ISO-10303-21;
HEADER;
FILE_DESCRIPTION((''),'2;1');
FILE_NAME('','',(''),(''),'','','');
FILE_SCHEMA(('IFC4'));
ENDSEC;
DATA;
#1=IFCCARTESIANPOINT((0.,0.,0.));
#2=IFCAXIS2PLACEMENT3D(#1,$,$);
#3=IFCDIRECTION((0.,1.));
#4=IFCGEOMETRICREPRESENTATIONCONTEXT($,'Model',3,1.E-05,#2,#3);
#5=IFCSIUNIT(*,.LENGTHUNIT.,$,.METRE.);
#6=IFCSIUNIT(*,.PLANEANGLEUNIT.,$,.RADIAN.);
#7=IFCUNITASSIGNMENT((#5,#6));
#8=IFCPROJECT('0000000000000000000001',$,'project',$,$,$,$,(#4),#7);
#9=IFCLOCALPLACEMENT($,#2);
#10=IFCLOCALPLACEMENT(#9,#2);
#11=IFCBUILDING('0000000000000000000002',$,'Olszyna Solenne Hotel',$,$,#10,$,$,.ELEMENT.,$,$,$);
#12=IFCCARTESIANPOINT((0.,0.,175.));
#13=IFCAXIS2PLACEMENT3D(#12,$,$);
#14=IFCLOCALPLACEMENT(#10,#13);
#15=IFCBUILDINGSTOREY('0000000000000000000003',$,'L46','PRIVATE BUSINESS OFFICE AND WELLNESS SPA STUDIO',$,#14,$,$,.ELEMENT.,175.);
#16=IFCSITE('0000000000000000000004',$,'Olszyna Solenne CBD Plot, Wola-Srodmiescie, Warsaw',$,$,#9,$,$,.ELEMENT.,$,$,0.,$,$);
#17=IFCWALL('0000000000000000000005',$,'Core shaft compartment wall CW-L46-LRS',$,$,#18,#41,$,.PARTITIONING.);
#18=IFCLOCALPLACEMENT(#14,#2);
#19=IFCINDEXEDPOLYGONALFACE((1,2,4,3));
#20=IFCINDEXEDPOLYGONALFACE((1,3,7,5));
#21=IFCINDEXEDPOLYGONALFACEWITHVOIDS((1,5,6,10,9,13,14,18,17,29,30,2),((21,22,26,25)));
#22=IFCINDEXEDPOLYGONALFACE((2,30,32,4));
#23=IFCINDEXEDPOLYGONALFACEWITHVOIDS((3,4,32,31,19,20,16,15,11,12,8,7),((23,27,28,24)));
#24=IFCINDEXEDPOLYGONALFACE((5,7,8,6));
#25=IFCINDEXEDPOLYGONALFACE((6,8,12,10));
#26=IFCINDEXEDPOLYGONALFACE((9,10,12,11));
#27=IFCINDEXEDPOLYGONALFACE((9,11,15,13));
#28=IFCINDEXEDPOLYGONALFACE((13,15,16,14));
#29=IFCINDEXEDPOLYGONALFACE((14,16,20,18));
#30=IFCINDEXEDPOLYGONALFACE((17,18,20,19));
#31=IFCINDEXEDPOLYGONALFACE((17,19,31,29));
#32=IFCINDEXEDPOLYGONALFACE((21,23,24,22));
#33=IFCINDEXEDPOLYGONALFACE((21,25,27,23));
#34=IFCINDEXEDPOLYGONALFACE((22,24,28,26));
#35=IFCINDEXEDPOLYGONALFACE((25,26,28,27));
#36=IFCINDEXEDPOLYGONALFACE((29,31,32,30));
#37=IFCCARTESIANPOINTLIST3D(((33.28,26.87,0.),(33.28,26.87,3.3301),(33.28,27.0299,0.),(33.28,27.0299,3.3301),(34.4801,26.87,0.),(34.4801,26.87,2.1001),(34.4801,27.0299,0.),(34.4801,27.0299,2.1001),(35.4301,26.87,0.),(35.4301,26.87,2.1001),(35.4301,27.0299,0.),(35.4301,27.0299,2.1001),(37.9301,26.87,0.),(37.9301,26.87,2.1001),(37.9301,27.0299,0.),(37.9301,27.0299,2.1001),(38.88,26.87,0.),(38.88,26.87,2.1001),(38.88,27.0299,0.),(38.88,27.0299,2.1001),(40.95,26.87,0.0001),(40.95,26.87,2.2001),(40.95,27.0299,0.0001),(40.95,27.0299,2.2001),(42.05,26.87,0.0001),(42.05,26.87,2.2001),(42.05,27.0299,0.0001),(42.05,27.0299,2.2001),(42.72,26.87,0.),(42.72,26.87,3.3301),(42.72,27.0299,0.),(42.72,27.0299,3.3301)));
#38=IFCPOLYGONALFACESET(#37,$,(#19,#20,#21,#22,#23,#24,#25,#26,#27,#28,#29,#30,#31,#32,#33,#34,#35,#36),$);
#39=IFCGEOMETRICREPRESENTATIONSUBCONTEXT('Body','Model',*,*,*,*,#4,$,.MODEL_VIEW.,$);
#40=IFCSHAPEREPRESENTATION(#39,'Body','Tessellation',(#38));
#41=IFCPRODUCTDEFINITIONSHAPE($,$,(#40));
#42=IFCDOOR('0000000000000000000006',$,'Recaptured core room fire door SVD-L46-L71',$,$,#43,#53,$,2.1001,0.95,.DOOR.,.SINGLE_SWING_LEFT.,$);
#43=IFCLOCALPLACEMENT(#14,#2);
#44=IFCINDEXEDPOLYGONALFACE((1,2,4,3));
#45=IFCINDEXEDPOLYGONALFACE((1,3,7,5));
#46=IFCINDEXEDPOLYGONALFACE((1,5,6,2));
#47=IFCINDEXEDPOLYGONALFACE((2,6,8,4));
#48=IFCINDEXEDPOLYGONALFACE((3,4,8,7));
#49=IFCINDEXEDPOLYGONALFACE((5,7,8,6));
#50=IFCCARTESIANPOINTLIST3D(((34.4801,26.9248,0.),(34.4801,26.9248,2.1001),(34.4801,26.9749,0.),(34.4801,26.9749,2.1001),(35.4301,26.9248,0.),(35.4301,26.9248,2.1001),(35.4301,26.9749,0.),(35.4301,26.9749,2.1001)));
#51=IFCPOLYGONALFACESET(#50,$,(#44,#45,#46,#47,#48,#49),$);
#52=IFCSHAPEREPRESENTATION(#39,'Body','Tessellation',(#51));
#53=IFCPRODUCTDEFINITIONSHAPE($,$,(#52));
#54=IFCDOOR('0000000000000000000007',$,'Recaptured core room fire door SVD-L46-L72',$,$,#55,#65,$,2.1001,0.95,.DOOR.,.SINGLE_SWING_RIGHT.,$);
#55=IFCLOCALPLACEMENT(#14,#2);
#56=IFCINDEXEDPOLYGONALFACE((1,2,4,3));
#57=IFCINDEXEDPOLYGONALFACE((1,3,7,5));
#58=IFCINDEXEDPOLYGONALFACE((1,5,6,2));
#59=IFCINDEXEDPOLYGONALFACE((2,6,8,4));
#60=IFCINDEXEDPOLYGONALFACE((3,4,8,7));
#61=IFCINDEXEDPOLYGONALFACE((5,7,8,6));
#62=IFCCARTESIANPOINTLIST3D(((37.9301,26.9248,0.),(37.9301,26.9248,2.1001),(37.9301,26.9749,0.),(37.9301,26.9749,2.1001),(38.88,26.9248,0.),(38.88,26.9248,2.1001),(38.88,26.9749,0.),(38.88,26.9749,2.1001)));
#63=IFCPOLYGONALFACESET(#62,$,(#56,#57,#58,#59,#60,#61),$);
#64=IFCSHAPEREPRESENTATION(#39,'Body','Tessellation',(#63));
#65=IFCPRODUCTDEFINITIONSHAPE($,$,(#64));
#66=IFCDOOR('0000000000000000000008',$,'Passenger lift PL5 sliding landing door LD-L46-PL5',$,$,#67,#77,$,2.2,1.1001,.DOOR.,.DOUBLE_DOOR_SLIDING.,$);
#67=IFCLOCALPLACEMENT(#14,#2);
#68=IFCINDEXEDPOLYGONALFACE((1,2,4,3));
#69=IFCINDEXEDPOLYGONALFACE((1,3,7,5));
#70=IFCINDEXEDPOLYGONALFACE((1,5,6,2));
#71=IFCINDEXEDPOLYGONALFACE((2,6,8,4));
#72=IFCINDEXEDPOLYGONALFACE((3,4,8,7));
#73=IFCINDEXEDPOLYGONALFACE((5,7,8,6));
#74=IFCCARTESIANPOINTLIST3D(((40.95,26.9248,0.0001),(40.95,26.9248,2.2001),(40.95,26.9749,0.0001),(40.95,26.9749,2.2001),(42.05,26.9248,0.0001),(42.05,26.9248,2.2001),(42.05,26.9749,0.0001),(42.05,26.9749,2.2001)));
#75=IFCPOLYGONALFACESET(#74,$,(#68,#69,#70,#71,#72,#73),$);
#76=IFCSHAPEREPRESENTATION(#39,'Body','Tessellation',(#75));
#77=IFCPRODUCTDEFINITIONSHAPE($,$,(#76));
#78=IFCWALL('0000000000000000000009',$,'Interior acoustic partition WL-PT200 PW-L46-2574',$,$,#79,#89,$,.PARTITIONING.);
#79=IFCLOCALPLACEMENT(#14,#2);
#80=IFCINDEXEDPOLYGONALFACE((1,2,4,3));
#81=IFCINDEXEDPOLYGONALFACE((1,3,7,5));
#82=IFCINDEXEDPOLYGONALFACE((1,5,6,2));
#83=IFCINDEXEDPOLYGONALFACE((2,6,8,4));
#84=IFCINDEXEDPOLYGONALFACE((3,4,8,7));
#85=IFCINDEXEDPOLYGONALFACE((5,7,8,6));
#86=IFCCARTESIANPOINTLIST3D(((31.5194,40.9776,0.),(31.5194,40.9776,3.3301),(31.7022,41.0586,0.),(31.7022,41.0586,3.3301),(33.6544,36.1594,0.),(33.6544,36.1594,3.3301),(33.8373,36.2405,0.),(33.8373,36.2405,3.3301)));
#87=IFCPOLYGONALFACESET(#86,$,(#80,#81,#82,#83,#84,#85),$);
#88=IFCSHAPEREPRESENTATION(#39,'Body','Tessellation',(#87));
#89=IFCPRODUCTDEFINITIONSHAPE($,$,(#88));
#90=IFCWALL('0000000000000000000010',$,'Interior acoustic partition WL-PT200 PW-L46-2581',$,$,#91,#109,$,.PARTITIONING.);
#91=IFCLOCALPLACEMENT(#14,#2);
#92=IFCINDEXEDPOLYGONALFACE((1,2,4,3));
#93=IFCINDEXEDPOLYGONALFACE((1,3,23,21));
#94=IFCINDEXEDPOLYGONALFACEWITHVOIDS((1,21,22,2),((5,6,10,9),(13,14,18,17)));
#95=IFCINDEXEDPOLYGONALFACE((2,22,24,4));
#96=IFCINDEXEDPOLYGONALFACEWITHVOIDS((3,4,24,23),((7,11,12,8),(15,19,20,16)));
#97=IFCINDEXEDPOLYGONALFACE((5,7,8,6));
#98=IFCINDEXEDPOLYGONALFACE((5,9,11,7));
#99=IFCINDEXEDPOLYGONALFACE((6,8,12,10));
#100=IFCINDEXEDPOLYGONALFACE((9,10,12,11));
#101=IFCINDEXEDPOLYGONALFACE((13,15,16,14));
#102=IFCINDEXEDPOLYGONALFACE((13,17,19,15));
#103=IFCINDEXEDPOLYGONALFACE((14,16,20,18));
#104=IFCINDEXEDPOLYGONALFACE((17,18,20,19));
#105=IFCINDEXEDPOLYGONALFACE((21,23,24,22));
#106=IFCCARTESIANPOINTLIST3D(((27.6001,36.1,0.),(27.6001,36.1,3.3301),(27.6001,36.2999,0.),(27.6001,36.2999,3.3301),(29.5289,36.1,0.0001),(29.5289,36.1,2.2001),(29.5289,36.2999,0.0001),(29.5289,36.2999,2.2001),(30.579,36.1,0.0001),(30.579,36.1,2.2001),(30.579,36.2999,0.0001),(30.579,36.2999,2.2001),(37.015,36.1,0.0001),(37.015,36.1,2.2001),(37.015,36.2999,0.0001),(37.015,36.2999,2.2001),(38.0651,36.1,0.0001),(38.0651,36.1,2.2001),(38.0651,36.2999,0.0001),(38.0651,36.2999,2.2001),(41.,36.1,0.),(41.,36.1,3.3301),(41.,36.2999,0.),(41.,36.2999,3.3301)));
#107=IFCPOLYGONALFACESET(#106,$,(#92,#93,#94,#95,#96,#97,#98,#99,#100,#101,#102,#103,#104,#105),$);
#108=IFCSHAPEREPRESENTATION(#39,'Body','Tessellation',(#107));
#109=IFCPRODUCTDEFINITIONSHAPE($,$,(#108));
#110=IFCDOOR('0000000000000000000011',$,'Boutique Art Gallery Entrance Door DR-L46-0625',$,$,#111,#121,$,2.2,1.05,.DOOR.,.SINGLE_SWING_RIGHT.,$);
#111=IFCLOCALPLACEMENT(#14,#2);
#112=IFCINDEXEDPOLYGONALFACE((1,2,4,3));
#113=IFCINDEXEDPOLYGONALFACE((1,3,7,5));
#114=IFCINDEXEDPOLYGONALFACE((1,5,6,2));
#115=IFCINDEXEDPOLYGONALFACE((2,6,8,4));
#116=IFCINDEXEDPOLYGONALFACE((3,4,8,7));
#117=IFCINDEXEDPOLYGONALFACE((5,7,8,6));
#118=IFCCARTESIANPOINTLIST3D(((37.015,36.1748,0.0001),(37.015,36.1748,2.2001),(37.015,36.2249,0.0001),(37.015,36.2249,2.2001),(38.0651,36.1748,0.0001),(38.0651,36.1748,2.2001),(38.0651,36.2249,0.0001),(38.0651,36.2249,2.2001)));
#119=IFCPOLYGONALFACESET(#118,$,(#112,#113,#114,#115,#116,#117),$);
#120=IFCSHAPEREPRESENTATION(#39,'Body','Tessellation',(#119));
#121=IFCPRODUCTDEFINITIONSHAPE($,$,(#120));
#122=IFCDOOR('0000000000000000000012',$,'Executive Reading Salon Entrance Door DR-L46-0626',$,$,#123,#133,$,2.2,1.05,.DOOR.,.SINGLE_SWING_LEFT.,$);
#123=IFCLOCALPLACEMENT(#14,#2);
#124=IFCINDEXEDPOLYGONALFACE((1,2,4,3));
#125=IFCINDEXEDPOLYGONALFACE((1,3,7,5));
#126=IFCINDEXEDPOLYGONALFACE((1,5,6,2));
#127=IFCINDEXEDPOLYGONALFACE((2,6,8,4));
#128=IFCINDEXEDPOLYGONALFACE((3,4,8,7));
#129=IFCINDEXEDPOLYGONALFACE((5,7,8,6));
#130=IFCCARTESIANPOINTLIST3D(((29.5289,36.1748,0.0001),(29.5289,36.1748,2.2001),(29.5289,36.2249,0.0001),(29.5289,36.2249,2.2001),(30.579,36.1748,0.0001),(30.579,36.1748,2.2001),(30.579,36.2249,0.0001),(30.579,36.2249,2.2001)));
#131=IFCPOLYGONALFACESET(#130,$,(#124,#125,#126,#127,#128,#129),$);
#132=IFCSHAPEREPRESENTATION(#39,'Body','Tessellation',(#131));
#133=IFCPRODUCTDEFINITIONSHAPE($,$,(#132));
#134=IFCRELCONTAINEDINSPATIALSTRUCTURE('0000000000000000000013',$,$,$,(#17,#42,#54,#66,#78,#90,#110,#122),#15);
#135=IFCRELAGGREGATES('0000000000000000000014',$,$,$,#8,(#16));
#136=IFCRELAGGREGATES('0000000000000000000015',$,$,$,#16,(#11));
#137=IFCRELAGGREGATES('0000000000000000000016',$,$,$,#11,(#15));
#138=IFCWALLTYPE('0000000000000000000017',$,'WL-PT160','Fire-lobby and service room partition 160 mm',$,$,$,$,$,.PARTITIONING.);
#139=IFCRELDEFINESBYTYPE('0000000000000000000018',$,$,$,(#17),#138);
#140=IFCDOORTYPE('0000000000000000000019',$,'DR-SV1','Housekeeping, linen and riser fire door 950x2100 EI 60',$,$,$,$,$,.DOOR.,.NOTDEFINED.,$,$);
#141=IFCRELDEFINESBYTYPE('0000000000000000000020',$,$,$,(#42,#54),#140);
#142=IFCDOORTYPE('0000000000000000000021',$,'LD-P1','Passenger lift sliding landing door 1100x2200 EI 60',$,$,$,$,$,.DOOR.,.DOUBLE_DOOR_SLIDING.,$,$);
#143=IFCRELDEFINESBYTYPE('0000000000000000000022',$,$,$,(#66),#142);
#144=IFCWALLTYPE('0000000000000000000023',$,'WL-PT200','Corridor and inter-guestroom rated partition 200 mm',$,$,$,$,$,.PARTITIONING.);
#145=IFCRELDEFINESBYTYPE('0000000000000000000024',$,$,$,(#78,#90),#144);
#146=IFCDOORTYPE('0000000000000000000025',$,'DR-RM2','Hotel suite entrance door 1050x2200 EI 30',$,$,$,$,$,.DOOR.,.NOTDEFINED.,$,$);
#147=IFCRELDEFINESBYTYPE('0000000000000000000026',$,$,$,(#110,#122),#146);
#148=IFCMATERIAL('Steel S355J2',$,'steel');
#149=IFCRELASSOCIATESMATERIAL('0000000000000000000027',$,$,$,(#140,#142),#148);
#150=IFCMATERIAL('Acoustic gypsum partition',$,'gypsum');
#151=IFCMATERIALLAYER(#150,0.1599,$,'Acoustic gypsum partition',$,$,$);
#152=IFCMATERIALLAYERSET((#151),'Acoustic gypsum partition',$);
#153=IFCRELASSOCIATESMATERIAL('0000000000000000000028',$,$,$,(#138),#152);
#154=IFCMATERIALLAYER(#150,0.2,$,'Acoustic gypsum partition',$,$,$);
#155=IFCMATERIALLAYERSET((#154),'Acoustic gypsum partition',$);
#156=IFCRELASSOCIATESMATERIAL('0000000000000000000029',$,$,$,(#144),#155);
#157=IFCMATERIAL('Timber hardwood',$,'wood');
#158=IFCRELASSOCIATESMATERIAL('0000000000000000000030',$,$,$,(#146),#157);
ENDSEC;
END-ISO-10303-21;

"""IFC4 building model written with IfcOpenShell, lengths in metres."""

from ifc_helpers import new_model, si_unit, direction, frame, frame_2d, origin, place, context, subcontext, project, spatial, rectangle, extrude, source, transform, mapped, material, layer, layer_set, type_object, type_shapes, element, fill, save


model = new_model("IFC4")

# Units and contexts
model_context = context("Model", 3, precision=1e-05, world=origin(), true_north=direction((0.0, 1.0)))
body_context = subcontext(model_context, "Body", "Model", "MODEL_VIEW")
ifc_project = project(units=[si_unit("LENGTHUNIT", "METRE"), si_unit("PLANEANGLEUNIT", "RADIAN")], contexts=[model_context])

# Site, building, storey
site_placement = place(None, origin())
site = spatial("IfcSite", under=ifc_project, at=site_placement, Name="Olszyna Solenne CBD Plot, Wola-Srodmiescie, Warsaw", CompositionType="ELEMENT", RefElevation=0.0)
building_placement = place(site_placement, origin())
building = spatial("IfcBuilding", under=site, at=building_placement, Name="Olszyna Solenne Hotel", CompositionType="ELEMENT")
storey_placement = place(building_placement, frame((0.0, 0.0, 175.0)))
storey = spatial("IfcBuildingStorey", under=building, at=storey_placement, Name="L46", Description="PRIVATE BUSINESS OFFICE AND WELLNESS SPA STUDIO", CompositionType="ELEMENT", Elevation=175.0)

# Shared definitions
ifc_material_1 = material(Name="Steel S355J2", Category="steel")

# Shared definitions
door_type_1 = type_object("IfcDoorType", Name="DR-SV1", Description="Housekeeping, linen and riser fire door 950x2100 EI 60", OperationType="NOTDEFINED", PredefinedType="DOOR", material=ifc_material_1)
shared_shape_1 = source(origin(), body_context, "Body", "SweptSolid", [
    extrude(rectangle(XDim=0.95, YDim=2.1001, at=frame_2d((0.4751, 1.05))), frame((0.0, 0.0249, 0.0), z_axis=(0.0, -1.0, 0.0), x_axis=(1.0, 0.0, 0.0)), (0.0, 0.0, 1.0), 0.05),
])
type_shapes(door_type_1, [shared_shape_1])

# Shared definitions
ifc_material_2 = material(Name="Acoustic gypsum partition", Category="gypsum")
ifc_layer_1 = layer(ifc_material_2, 0.1599, Name="Acoustic gypsum partition")
ifc_layer_set_1 = layer_set([ifc_layer_1], Name="Acoustic gypsum partition")
wall_type_1 = type_object("IfcWallType", Name="WL-PT160", Description="Fire-lobby and service room partition 160 mm", PredefinedType="PARTITIONING", material=ifc_layer_set_1)

# Wall, openings, doors
wall_1_placement = place(storey_placement, frame((33.28, 26.95, 0.0), z_axis=(0.0, 0.0, 1.0), x_axis=(1.0, 0.0, 0.0)))
wall_1 = element("IfcWall", 1, at=wall_1_placement, inside=storey, type_object=wall_type_1, Name="Core shaft compartment wall CW-L46-LRS", PredefinedType="PARTITIONING", context=body_context, shape_type="SweptSolid", body=[
    extrude(rectangle(XDim=9.4399, YDim=0.1599, at=frame_2d((4.72, 0.0))), origin(), (0.0, 0.0, 1.0), 3.3301),
])
opening_1_placement = place(wall_1_placement, frame((1.2, 0.0, 0.0)))
opening_1 = element("IfcOpeningElement", 2, at=opening_1_placement, cuts=wall_1, PredefinedType="OPENING", context=body_context, shape_type="SweptSolid", body=[
    extrude(rectangle(XDim=0.95, YDim=2.1001, at=frame_2d((0.4751, 1.05))), frame((0.0, 0.0898, 0.0), z_axis=(0.0, -1.0, 0.0), x_axis=(1.0, 0.0, 0.0)), (0.0, 0.0, 1.0), 0.1799),
])
opening_2_placement = place(wall_1_placement, frame((4.6499, 0.0, 0.0)))
opening_2 = element("IfcOpeningElement", 3, at=opening_2_placement, cuts=wall_1, PredefinedType="OPENING", context=body_context, shape_type="SweptSolid", body=[
    extrude(rectangle(XDim=0.95, YDim=2.1001, at=frame_2d((0.4751, 1.05))), frame((0.0, 0.0898, 0.0), z_axis=(0.0, -1.0, 0.0), x_axis=(1.0, 0.0, 0.0)), (0.0, 0.0, 1.0), 0.1799),
])
opening_3_placement = place(wall_1_placement, frame((7.6699, 0.0, 0.0)))
opening_3 = element("IfcOpeningElement", 4, at=opening_3_placement, cuts=wall_1, PredefinedType="OPENING", context=body_context, shape_type="SweptSolid", body=[
    extrude(rectangle(XDim=1.1001, YDim=2.2, at=frame_2d((0.55, 1.1001))), frame((0.0, 0.0898, 0.0), z_axis=(0.0, -1.0, 0.0), x_axis=(1.0, 0.0, 0.0)), (0.0, 0.0, 1.0), 0.1799),
])
door_1_placement = place(opening_1_placement, origin())
door_1 = element("IfcDoor", 5, at=door_1_placement, inside=storey, type_object=door_type_1, Name="Recaptured core room fire door SVD-L46-L71", OperationType="SINGLE_SWING_LEFT", OverallHeight=2.1001, OverallWidth=0.95, PredefinedType="DOOR", context=body_context, shape_type="MappedRepresentation", body=[
    mapped(shared_shape_1, transform((0.0, 0.0, 0.0), x_axis=(1.0, 0.0, 0.0), y_axis=(0.0, 1.0, 0.0), z_axis=(0.0, 0.0, 1.0), scale=1.0)),
])
fill(opening_1, door_1)
door_2_placement = place(opening_2_placement, origin())
door_2 = element("IfcDoor", 6, at=door_2_placement, inside=storey, type_object=door_type_1, Name="Recaptured core room fire door SVD-L46-L72", OperationType="SINGLE_SWING_RIGHT", OverallHeight=2.1001, OverallWidth=0.95, PredefinedType="DOOR", context=body_context, shape_type="MappedRepresentation", body=[
    mapped(shared_shape_1, transform((0.0, 0.0, 0.0), x_axis=(1.0, 0.0, 0.0), y_axis=(0.0, 1.0, 0.0), z_axis=(0.0, 0.0, 1.0), scale=1.0)),
])
fill(opening_2, door_2)
door_type_2 = type_object("IfcDoorType", Name="LD-P1", Description="Passenger lift sliding landing door 1100x2200 EI 60", OperationType="DOUBLE_DOOR_SLIDING", PredefinedType="DOOR", material=ifc_material_1)
shared_shape_2 = source(origin(), body_context, "Body", "SweptSolid", [
    extrude(rectangle(XDim=1.1001, YDim=2.2, at=frame_2d((0.55, 1.1001))), frame((0.0, 0.0249, 0.0), z_axis=(0.0, -1.0, 0.0), x_axis=(1.0, 0.0, 0.0)), (0.0, 0.0, 1.0), 0.05),
])
type_shapes(door_type_2, [shared_shape_2])
door_3_placement = place(opening_3_placement, origin())
door_3 = element("IfcDoor", 7, at=door_3_placement, inside=storey, type_object=door_type_2, Name="Passenger lift PL5 sliding landing door LD-L46-PL5", OperationType="DOUBLE_DOOR_SLIDING", OverallHeight=2.2, OverallWidth=1.1001, PredefinedType="DOOR", context=body_context, shape_type="MappedRepresentation", body=[
    mapped(shared_shape_2, transform((0.0, 0.0, 0.0), x_axis=(1.0, 0.0, 0.0), y_axis=(0.0, 1.0, 0.0), z_axis=(0.0, 0.0, 1.0), scale=1.0)),
])
fill(opening_3, door_3)

# Wall
ifc_layer_2 = layer(ifc_material_2, 0.2, Name="Acoustic gypsum partition")
ifc_layer_set_2 = layer_set([ifc_layer_2], Name="Acoustic gypsum partition")
wall_type_2 = type_object("IfcWallType", Name="WL-PT200", Description="Corridor and inter-guestroom rated partition 200 mm", PredefinedType="PARTITIONING", material=ifc_layer_set_2)
wall_2_placement = place(storey_placement, frame((33.7458, 36.2, 0.0), z_axis=(0.0, 0.0, 1.0), x_axis=(-0.405128, 0.91426, 0.0)))
element("IfcWall", 8, at=wall_2_placement, inside=storey, type_object=wall_type_2, Name="Interior acoustic partition WL-PT200 PW-L46-2574", PredefinedType="PARTITIONING", context=body_context, shape_type="SweptSolid", body=[
    extrude(rectangle(XDim=5.27, YDim=0.2, at=frame_2d((2.635, 0.0))), origin(), (0.0, 0.0, 1.0), 3.3301),
])

# Wall, openings, doors
wall_3_placement = place(storey_placement, frame((27.6001, 36.2, 0.0), z_axis=(0.0, 0.0, 1.0), x_axis=(1.0, 0.0, 0.0)))
wall_3 = element("IfcWall", 9, at=wall_3_placement, inside=storey, type_object=wall_type_2, Name="Interior acoustic partition WL-PT200 PW-L46-2581", PredefinedType="PARTITIONING", context=body_context, shape_type="SweptSolid", body=[
    extrude(rectangle(XDim=13.3999, YDim=0.2, at=frame_2d((6.7, 0.0))), origin(), (0.0, 0.0, 1.0), 3.3301),
])
opening_4_placement = place(wall_3_placement, frame((9.415, 0.0, 0.0)))
opening_4 = element("IfcOpeningElement", 10, at=opening_4_placement, cuts=wall_3, PredefinedType="OPENING", context=body_context, shape_type="SweptSolid", body=[
    extrude(rectangle(XDim=1.05, YDim=2.2, at=frame_2d((0.5249, 1.1001))), frame((0.0, 0.1099, 0.0), z_axis=(0.0, -1.0, 0.0), x_axis=(1.0, 0.0, 0.0)), (0.0, 0.0, 1.0), 0.22),
])
opening_5_placement = place(wall_3_placement, frame((1.929, 0.0, 0.0)))
opening_5 = element("IfcOpeningElement", 11, at=opening_5_placement, cuts=wall_3, PredefinedType="OPENING", context=body_context, shape_type="SweptSolid", body=[
    extrude(rectangle(XDim=1.05, YDim=2.2, at=frame_2d((0.5249, 1.1001))), frame((0.0, 0.1099, 0.0), z_axis=(0.0, -1.0, 0.0), x_axis=(1.0, 0.0, 0.0)), (0.0, 0.0, 1.0), 0.22),
])
ifc_material_3 = material(Name="Timber hardwood", Category="wood")
door_type_3 = type_object("IfcDoorType", Name="DR-RM2", Description="Hotel suite entrance door 1050x2200 EI 30", OperationType="NOTDEFINED", PredefinedType="DOOR", material=ifc_material_3)
shared_shape_3 = source(origin(), body_context, "Body", "SweptSolid", [
    extrude(rectangle(XDim=1.05, YDim=2.2, at=frame_2d((0.5249, 1.1001))), frame((0.0, 0.0249, 0.0), z_axis=(0.0, -1.0, 0.0), x_axis=(1.0, 0.0, 0.0)), (0.0, 0.0, 1.0), 0.05),
])
type_shapes(door_type_3, [shared_shape_3])
door_4_placement = place(opening_4_placement, origin())
door_4 = element("IfcDoor", 12, at=door_4_placement, inside=storey, type_object=door_type_3, Name="Boutique Art Gallery Entrance Door DR-L46-0625", OperationType="SINGLE_SWING_RIGHT", OverallHeight=2.2, OverallWidth=1.05, PredefinedType="DOOR", context=body_context, shape_type="MappedRepresentation", body=[
    mapped(shared_shape_3, transform((0.0, 0.0, 0.0), x_axis=(1.0, 0.0, 0.0), y_axis=(0.0, 1.0, 0.0), z_axis=(0.0, 0.0, 1.0), scale=1.0)),
])
fill(opening_4, door_4)
door_5_placement = place(opening_5_placement, origin())
door_5 = element("IfcDoor", 13, at=door_5_placement, inside=storey, type_object=door_type_3, Name="Executive Reading Salon Entrance Door DR-L46-0626", OperationType="SINGLE_SWING_LEFT", OverallHeight=2.2, OverallWidth=1.05, PredefinedType="DOOR", context=body_context, shape_type="MappedRepresentation", body=[
    mapped(shared_shape_3, transform((0.0, 0.0, 0.0), x_axis=(1.0, 0.0, 0.0), y_axis=(0.0, 1.0, 0.0), z_axis=(0.0, 0.0, 1.0), scale=1.0)),
])
fill(opening_5, door_5)

save(model, "model.ifc")
